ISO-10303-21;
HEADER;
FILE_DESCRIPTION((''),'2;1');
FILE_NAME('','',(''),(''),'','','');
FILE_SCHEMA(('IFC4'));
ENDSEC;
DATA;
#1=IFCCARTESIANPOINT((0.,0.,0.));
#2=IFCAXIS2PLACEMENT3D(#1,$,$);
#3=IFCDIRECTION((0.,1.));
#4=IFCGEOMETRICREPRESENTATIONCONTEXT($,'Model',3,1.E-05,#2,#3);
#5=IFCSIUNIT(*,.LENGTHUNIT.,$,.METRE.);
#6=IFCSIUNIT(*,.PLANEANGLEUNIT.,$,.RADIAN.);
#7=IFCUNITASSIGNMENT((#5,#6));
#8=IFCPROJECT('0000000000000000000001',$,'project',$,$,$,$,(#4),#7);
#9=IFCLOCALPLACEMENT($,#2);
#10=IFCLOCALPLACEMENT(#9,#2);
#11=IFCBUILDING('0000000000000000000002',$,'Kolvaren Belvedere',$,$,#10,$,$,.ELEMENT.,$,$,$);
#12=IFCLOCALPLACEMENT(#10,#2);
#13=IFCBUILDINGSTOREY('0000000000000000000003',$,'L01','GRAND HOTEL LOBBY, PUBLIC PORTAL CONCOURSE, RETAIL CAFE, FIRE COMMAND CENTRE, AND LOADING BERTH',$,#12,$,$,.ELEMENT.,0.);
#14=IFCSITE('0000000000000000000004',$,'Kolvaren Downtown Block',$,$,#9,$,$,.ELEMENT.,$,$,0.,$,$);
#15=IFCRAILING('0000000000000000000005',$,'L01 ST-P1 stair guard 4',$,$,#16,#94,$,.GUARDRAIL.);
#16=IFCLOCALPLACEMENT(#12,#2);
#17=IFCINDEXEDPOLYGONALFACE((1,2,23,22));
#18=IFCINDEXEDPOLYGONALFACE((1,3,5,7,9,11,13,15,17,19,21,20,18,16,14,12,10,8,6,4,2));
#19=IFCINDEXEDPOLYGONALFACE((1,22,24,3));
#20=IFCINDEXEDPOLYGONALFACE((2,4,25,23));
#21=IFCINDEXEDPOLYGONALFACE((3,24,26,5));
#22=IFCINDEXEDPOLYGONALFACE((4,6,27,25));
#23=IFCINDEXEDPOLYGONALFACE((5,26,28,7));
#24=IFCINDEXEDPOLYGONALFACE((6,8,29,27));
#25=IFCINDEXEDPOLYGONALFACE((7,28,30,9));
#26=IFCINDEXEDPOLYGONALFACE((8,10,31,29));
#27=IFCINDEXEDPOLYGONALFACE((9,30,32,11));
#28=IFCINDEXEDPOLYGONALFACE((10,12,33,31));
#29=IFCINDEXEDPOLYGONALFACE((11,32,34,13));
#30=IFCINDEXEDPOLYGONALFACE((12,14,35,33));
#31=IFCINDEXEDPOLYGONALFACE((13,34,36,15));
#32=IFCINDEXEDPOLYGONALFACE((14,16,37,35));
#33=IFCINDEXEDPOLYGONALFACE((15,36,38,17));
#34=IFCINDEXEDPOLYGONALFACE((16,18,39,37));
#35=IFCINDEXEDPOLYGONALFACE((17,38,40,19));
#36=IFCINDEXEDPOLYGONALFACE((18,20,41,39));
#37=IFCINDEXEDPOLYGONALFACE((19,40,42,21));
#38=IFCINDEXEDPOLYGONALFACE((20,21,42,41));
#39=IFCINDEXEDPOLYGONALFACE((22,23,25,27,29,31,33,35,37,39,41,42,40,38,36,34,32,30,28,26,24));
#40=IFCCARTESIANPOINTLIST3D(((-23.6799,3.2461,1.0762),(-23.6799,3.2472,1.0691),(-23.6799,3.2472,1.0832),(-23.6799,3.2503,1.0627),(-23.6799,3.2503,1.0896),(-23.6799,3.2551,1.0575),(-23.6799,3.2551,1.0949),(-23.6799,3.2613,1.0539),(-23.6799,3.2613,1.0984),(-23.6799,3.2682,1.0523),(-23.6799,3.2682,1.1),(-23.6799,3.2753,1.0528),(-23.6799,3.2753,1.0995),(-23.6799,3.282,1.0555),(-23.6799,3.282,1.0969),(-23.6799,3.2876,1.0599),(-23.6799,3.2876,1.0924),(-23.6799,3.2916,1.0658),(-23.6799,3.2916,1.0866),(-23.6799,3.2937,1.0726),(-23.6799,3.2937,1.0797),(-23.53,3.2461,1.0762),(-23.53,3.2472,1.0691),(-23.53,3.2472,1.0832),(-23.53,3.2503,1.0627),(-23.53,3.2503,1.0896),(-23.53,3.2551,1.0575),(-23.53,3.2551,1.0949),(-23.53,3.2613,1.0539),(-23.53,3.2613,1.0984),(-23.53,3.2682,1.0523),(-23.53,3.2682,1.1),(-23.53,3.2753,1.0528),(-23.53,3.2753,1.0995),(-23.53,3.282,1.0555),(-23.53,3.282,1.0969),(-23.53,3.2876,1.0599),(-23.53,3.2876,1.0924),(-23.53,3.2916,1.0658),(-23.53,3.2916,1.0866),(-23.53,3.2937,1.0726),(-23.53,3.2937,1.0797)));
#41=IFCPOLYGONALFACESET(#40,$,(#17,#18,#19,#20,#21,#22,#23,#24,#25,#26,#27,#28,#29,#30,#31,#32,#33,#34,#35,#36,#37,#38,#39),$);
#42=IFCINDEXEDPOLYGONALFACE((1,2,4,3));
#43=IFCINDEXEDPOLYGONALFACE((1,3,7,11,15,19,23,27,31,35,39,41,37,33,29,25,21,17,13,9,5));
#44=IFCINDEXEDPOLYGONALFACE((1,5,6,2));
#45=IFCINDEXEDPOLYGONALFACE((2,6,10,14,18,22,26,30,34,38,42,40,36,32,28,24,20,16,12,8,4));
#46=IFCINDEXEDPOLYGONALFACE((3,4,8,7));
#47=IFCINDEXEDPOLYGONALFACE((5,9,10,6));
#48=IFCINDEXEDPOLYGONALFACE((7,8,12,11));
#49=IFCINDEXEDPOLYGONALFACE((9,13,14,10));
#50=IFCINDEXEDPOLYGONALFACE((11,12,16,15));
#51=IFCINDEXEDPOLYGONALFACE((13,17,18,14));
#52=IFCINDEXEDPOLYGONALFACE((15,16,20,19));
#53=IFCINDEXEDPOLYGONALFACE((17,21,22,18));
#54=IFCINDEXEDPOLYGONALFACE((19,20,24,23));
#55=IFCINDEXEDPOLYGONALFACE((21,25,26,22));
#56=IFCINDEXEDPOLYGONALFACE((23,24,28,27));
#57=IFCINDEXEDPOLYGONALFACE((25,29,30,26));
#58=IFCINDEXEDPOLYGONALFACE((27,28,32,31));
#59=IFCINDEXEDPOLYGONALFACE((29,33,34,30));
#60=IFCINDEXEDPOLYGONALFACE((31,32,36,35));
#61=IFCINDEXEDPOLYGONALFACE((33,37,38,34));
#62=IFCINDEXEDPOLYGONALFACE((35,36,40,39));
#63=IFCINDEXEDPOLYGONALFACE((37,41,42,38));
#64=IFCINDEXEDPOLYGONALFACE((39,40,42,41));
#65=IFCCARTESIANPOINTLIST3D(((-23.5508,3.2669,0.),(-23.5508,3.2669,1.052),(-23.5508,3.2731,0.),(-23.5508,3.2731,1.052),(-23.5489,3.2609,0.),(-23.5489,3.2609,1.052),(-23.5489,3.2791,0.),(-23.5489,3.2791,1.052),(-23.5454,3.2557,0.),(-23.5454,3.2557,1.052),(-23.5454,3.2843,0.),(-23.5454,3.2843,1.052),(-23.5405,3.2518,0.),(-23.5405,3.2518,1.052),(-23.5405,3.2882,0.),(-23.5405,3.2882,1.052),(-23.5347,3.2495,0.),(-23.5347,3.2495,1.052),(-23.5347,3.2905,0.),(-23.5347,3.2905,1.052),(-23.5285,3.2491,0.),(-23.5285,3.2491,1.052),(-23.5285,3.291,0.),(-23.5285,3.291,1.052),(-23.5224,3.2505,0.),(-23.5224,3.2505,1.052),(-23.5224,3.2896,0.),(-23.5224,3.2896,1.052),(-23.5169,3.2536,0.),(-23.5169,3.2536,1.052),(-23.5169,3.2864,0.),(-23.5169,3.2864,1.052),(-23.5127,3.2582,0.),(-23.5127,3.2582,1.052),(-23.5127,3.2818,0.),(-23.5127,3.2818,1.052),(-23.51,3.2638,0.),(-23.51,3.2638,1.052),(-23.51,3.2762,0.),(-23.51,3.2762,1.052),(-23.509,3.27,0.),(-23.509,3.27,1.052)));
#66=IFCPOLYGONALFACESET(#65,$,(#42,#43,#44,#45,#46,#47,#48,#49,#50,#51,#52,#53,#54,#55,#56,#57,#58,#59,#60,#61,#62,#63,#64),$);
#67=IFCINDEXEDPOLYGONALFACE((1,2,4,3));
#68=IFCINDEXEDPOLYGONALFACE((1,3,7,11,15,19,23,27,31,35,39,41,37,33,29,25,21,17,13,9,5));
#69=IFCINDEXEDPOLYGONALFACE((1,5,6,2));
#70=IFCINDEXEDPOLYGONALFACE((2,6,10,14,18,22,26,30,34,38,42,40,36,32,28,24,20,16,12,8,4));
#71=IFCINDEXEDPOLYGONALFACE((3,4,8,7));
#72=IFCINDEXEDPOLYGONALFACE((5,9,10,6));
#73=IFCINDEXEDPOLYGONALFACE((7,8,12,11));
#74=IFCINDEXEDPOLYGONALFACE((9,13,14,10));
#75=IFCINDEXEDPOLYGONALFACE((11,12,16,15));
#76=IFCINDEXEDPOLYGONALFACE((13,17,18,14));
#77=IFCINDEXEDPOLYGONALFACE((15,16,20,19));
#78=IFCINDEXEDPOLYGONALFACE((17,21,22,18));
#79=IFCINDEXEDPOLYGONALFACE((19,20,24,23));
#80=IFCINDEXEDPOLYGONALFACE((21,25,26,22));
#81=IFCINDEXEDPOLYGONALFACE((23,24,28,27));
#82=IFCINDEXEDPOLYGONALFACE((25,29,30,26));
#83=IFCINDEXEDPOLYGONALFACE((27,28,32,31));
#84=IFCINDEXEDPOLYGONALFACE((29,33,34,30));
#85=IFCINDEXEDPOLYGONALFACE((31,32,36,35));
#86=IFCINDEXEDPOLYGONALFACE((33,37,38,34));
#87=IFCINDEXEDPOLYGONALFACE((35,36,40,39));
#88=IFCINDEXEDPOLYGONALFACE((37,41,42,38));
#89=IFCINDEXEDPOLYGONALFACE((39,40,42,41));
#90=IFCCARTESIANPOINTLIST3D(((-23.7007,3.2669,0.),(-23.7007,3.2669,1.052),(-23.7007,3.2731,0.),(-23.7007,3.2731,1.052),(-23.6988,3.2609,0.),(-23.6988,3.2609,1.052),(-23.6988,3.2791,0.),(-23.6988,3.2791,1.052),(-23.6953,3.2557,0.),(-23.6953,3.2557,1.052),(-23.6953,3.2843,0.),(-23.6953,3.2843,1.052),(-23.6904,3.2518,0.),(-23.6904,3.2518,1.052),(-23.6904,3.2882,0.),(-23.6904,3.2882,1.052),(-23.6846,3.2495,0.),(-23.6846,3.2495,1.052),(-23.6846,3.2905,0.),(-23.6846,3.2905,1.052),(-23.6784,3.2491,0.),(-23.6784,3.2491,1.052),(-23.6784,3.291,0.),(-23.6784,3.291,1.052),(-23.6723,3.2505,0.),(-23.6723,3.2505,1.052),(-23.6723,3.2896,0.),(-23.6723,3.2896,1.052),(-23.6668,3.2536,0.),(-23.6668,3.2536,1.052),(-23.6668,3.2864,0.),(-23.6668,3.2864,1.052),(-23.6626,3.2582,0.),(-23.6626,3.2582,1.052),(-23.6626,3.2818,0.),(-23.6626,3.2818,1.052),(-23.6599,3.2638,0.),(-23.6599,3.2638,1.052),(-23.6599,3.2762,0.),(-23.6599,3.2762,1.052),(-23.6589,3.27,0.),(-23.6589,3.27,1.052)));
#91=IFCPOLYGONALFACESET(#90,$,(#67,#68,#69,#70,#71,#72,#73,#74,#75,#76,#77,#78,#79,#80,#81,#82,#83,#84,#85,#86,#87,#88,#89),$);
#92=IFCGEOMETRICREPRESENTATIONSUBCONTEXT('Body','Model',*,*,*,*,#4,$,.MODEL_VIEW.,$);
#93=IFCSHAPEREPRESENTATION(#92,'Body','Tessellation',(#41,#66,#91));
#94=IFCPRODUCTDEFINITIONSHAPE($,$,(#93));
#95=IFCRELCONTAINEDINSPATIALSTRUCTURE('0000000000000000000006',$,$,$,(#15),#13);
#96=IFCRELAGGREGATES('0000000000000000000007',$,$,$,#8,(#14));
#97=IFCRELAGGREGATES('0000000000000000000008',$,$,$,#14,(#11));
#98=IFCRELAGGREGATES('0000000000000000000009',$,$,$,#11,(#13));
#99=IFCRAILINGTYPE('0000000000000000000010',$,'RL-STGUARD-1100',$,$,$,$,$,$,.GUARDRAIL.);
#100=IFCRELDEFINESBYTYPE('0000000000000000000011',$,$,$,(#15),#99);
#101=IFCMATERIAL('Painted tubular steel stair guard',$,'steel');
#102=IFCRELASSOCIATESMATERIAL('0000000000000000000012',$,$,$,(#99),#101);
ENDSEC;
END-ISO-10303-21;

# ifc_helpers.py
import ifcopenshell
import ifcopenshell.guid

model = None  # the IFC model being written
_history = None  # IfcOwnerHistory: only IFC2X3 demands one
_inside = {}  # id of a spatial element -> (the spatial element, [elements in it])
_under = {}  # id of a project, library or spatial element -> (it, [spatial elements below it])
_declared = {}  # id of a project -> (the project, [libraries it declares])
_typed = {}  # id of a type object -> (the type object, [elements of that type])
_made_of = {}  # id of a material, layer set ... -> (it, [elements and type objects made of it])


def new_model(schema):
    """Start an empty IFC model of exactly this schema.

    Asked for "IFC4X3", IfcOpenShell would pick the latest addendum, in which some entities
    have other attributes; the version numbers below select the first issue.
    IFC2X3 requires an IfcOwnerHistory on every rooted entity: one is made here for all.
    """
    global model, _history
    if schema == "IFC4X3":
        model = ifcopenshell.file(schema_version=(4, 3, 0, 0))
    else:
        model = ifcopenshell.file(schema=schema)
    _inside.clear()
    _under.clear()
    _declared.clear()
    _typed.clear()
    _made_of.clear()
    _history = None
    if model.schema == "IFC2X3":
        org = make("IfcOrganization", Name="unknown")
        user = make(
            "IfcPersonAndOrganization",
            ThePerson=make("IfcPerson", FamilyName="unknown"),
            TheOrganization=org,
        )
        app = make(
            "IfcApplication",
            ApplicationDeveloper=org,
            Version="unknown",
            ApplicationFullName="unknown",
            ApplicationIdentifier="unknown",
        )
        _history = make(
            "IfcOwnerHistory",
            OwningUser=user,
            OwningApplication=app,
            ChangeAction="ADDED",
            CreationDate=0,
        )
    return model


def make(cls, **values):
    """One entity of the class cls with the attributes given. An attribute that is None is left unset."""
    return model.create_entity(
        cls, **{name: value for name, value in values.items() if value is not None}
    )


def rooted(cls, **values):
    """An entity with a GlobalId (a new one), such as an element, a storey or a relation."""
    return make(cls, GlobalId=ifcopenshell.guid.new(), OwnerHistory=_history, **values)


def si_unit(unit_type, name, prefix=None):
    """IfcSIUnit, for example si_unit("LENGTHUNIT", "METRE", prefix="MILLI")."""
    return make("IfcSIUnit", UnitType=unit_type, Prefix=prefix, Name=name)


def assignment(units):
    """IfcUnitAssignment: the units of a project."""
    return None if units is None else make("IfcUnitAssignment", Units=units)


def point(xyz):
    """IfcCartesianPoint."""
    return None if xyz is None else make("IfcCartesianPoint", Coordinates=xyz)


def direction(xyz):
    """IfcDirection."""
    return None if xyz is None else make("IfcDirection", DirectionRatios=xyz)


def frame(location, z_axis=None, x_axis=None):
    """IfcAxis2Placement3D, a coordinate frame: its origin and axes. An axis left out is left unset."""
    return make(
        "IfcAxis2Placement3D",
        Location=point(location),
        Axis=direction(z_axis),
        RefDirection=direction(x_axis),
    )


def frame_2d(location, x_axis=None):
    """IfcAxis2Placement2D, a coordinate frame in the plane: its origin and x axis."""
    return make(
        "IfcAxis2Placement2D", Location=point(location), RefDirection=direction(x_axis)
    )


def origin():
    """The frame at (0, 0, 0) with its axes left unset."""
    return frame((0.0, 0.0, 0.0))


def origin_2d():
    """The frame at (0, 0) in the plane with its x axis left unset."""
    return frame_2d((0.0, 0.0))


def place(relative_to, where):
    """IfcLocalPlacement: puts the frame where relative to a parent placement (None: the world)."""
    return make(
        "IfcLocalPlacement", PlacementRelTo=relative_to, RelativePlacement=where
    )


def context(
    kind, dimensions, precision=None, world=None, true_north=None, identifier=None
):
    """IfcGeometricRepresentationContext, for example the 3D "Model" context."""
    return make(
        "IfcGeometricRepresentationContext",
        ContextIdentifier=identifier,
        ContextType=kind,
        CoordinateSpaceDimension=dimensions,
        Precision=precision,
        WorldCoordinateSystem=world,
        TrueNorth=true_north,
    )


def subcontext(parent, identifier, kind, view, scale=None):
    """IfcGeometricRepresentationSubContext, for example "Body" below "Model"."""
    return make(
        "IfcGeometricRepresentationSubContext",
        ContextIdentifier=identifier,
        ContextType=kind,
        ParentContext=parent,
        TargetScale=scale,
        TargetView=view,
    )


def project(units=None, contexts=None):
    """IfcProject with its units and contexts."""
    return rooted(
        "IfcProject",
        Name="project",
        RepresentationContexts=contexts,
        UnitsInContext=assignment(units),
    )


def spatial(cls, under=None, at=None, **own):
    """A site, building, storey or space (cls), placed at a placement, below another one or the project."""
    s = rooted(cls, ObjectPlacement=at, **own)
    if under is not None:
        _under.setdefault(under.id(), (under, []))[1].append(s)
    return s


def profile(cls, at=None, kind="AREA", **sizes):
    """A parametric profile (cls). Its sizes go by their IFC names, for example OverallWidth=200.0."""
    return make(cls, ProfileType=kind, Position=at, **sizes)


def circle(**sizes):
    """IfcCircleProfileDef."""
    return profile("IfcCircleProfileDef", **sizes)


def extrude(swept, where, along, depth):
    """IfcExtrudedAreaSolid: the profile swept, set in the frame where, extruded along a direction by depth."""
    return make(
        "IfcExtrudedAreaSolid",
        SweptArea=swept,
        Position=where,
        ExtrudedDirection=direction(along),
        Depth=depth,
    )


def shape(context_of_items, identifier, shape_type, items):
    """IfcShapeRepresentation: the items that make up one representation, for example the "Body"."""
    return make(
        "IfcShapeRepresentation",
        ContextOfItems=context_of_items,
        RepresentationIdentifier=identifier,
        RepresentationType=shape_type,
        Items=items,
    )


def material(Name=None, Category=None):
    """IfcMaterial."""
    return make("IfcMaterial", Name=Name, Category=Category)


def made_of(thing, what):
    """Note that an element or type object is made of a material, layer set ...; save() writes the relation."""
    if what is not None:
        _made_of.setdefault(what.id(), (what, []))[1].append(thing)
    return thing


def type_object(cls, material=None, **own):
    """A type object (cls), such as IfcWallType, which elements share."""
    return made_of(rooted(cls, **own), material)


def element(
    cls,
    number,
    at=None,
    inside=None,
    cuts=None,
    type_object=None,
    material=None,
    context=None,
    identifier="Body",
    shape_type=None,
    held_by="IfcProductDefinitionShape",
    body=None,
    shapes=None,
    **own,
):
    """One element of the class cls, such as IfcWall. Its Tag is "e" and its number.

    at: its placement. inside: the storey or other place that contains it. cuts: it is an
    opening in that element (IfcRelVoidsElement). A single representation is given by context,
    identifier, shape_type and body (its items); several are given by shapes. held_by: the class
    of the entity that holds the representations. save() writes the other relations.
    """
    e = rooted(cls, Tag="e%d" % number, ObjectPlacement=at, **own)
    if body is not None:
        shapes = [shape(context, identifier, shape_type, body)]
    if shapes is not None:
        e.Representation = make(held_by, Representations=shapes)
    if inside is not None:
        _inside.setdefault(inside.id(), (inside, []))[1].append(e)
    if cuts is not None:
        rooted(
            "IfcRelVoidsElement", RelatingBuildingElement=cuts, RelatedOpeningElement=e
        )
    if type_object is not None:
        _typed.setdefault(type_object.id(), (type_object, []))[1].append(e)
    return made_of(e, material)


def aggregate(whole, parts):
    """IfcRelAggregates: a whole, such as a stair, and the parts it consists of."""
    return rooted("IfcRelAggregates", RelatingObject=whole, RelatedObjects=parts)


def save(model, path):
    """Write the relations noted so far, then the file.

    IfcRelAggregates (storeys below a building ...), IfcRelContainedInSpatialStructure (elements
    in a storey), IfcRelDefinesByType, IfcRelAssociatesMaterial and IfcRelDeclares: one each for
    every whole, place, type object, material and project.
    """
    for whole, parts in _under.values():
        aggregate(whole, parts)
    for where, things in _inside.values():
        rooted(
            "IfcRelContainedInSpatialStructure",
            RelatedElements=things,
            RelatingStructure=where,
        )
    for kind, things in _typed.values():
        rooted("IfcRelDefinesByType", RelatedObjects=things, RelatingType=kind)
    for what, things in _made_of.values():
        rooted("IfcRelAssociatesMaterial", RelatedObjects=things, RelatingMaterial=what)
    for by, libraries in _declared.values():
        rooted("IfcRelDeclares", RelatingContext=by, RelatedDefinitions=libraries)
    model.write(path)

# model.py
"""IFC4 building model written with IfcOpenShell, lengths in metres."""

from ifc_helpers import new_model, si_unit, direction, frame, origin, origin_2d, place, context, subcontext, project, spatial, circle, extrude, material, type_object, element, save


model = new_model("IFC4")

# Units and contexts
model_context = context("Model", 3, precision=1e-05, world=origin(), true_north=direction((0.0, 1.0)))
body_context = subcontext(model_context, "Body", "Model", "MODEL_VIEW")
ifc_project = project(units=[si_unit("LENGTHUNIT", "METRE"), si_unit("PLANEANGLEUNIT", "RADIAN")], contexts=[model_context])

# Site, building, storey
site_placement = place(None, origin())
site = spatial("IfcSite", under=ifc_project, at=site_placement, Name="Kolvaren Downtown Block", CompositionType="ELEMENT", RefElevation=0.0)
building_placement = place(site_placement, origin())
building = spatial("IfcBuilding", under=site, at=building_placement, Name="Kolvaren Belvedere", CompositionType="ELEMENT")
storey_placement = place(building_placement, origin())
storey = spatial("IfcBuildingStorey", under=building, at=storey_placement, Name="L01", Description="GRAND HOTEL LOBBY, PUBLIC PORTAL CONCOURSE, RETAIL CAFE, FIRE COMMAND CENTRE, AND LOADING BERTH", CompositionType="ELEMENT", Elevation=0.0)

# Railing
ifc_material_1 = material(Name="Painted tubular steel stair guard", Category="steel")
railing_type_1 = type_object("IfcRailingType", Name="RL-STGUARD-1100", PredefinedType="GUARDRAIL", material=ifc_material_1)
railing_1_placement = place(storey_placement, frame((-23.53, 3.27, 0.0)))
element("IfcRailing", 1, at=railing_1_placement, inside=storey, type_object=railing_type_1, Name="L01 ST-P1 stair guard 4", PredefinedType="GUARDRAIL", context=body_context, shape_type="SweptSolid", body=[
    extrude(circle(Radius=0.0239, at=origin_2d()), frame((0.0, 0.0, 1.0762), z_axis=(-1.0, 0.0, 0.0), x_axis=(0.0, -1.0, 0.0)), (0.0, 0.0, 1.0), 0.1499),
    extrude(circle(Radius=0.021, at=origin_2d()), origin(), (0.0, 0.0, 1.0), 1.052),
    extrude(circle(Radius=0.021, at=origin_2d()), frame((-0.1499, 0.0, 0.0)), (0.0, 0.0, 1.0), 1.052),
])

save(model, "model.ifc")
